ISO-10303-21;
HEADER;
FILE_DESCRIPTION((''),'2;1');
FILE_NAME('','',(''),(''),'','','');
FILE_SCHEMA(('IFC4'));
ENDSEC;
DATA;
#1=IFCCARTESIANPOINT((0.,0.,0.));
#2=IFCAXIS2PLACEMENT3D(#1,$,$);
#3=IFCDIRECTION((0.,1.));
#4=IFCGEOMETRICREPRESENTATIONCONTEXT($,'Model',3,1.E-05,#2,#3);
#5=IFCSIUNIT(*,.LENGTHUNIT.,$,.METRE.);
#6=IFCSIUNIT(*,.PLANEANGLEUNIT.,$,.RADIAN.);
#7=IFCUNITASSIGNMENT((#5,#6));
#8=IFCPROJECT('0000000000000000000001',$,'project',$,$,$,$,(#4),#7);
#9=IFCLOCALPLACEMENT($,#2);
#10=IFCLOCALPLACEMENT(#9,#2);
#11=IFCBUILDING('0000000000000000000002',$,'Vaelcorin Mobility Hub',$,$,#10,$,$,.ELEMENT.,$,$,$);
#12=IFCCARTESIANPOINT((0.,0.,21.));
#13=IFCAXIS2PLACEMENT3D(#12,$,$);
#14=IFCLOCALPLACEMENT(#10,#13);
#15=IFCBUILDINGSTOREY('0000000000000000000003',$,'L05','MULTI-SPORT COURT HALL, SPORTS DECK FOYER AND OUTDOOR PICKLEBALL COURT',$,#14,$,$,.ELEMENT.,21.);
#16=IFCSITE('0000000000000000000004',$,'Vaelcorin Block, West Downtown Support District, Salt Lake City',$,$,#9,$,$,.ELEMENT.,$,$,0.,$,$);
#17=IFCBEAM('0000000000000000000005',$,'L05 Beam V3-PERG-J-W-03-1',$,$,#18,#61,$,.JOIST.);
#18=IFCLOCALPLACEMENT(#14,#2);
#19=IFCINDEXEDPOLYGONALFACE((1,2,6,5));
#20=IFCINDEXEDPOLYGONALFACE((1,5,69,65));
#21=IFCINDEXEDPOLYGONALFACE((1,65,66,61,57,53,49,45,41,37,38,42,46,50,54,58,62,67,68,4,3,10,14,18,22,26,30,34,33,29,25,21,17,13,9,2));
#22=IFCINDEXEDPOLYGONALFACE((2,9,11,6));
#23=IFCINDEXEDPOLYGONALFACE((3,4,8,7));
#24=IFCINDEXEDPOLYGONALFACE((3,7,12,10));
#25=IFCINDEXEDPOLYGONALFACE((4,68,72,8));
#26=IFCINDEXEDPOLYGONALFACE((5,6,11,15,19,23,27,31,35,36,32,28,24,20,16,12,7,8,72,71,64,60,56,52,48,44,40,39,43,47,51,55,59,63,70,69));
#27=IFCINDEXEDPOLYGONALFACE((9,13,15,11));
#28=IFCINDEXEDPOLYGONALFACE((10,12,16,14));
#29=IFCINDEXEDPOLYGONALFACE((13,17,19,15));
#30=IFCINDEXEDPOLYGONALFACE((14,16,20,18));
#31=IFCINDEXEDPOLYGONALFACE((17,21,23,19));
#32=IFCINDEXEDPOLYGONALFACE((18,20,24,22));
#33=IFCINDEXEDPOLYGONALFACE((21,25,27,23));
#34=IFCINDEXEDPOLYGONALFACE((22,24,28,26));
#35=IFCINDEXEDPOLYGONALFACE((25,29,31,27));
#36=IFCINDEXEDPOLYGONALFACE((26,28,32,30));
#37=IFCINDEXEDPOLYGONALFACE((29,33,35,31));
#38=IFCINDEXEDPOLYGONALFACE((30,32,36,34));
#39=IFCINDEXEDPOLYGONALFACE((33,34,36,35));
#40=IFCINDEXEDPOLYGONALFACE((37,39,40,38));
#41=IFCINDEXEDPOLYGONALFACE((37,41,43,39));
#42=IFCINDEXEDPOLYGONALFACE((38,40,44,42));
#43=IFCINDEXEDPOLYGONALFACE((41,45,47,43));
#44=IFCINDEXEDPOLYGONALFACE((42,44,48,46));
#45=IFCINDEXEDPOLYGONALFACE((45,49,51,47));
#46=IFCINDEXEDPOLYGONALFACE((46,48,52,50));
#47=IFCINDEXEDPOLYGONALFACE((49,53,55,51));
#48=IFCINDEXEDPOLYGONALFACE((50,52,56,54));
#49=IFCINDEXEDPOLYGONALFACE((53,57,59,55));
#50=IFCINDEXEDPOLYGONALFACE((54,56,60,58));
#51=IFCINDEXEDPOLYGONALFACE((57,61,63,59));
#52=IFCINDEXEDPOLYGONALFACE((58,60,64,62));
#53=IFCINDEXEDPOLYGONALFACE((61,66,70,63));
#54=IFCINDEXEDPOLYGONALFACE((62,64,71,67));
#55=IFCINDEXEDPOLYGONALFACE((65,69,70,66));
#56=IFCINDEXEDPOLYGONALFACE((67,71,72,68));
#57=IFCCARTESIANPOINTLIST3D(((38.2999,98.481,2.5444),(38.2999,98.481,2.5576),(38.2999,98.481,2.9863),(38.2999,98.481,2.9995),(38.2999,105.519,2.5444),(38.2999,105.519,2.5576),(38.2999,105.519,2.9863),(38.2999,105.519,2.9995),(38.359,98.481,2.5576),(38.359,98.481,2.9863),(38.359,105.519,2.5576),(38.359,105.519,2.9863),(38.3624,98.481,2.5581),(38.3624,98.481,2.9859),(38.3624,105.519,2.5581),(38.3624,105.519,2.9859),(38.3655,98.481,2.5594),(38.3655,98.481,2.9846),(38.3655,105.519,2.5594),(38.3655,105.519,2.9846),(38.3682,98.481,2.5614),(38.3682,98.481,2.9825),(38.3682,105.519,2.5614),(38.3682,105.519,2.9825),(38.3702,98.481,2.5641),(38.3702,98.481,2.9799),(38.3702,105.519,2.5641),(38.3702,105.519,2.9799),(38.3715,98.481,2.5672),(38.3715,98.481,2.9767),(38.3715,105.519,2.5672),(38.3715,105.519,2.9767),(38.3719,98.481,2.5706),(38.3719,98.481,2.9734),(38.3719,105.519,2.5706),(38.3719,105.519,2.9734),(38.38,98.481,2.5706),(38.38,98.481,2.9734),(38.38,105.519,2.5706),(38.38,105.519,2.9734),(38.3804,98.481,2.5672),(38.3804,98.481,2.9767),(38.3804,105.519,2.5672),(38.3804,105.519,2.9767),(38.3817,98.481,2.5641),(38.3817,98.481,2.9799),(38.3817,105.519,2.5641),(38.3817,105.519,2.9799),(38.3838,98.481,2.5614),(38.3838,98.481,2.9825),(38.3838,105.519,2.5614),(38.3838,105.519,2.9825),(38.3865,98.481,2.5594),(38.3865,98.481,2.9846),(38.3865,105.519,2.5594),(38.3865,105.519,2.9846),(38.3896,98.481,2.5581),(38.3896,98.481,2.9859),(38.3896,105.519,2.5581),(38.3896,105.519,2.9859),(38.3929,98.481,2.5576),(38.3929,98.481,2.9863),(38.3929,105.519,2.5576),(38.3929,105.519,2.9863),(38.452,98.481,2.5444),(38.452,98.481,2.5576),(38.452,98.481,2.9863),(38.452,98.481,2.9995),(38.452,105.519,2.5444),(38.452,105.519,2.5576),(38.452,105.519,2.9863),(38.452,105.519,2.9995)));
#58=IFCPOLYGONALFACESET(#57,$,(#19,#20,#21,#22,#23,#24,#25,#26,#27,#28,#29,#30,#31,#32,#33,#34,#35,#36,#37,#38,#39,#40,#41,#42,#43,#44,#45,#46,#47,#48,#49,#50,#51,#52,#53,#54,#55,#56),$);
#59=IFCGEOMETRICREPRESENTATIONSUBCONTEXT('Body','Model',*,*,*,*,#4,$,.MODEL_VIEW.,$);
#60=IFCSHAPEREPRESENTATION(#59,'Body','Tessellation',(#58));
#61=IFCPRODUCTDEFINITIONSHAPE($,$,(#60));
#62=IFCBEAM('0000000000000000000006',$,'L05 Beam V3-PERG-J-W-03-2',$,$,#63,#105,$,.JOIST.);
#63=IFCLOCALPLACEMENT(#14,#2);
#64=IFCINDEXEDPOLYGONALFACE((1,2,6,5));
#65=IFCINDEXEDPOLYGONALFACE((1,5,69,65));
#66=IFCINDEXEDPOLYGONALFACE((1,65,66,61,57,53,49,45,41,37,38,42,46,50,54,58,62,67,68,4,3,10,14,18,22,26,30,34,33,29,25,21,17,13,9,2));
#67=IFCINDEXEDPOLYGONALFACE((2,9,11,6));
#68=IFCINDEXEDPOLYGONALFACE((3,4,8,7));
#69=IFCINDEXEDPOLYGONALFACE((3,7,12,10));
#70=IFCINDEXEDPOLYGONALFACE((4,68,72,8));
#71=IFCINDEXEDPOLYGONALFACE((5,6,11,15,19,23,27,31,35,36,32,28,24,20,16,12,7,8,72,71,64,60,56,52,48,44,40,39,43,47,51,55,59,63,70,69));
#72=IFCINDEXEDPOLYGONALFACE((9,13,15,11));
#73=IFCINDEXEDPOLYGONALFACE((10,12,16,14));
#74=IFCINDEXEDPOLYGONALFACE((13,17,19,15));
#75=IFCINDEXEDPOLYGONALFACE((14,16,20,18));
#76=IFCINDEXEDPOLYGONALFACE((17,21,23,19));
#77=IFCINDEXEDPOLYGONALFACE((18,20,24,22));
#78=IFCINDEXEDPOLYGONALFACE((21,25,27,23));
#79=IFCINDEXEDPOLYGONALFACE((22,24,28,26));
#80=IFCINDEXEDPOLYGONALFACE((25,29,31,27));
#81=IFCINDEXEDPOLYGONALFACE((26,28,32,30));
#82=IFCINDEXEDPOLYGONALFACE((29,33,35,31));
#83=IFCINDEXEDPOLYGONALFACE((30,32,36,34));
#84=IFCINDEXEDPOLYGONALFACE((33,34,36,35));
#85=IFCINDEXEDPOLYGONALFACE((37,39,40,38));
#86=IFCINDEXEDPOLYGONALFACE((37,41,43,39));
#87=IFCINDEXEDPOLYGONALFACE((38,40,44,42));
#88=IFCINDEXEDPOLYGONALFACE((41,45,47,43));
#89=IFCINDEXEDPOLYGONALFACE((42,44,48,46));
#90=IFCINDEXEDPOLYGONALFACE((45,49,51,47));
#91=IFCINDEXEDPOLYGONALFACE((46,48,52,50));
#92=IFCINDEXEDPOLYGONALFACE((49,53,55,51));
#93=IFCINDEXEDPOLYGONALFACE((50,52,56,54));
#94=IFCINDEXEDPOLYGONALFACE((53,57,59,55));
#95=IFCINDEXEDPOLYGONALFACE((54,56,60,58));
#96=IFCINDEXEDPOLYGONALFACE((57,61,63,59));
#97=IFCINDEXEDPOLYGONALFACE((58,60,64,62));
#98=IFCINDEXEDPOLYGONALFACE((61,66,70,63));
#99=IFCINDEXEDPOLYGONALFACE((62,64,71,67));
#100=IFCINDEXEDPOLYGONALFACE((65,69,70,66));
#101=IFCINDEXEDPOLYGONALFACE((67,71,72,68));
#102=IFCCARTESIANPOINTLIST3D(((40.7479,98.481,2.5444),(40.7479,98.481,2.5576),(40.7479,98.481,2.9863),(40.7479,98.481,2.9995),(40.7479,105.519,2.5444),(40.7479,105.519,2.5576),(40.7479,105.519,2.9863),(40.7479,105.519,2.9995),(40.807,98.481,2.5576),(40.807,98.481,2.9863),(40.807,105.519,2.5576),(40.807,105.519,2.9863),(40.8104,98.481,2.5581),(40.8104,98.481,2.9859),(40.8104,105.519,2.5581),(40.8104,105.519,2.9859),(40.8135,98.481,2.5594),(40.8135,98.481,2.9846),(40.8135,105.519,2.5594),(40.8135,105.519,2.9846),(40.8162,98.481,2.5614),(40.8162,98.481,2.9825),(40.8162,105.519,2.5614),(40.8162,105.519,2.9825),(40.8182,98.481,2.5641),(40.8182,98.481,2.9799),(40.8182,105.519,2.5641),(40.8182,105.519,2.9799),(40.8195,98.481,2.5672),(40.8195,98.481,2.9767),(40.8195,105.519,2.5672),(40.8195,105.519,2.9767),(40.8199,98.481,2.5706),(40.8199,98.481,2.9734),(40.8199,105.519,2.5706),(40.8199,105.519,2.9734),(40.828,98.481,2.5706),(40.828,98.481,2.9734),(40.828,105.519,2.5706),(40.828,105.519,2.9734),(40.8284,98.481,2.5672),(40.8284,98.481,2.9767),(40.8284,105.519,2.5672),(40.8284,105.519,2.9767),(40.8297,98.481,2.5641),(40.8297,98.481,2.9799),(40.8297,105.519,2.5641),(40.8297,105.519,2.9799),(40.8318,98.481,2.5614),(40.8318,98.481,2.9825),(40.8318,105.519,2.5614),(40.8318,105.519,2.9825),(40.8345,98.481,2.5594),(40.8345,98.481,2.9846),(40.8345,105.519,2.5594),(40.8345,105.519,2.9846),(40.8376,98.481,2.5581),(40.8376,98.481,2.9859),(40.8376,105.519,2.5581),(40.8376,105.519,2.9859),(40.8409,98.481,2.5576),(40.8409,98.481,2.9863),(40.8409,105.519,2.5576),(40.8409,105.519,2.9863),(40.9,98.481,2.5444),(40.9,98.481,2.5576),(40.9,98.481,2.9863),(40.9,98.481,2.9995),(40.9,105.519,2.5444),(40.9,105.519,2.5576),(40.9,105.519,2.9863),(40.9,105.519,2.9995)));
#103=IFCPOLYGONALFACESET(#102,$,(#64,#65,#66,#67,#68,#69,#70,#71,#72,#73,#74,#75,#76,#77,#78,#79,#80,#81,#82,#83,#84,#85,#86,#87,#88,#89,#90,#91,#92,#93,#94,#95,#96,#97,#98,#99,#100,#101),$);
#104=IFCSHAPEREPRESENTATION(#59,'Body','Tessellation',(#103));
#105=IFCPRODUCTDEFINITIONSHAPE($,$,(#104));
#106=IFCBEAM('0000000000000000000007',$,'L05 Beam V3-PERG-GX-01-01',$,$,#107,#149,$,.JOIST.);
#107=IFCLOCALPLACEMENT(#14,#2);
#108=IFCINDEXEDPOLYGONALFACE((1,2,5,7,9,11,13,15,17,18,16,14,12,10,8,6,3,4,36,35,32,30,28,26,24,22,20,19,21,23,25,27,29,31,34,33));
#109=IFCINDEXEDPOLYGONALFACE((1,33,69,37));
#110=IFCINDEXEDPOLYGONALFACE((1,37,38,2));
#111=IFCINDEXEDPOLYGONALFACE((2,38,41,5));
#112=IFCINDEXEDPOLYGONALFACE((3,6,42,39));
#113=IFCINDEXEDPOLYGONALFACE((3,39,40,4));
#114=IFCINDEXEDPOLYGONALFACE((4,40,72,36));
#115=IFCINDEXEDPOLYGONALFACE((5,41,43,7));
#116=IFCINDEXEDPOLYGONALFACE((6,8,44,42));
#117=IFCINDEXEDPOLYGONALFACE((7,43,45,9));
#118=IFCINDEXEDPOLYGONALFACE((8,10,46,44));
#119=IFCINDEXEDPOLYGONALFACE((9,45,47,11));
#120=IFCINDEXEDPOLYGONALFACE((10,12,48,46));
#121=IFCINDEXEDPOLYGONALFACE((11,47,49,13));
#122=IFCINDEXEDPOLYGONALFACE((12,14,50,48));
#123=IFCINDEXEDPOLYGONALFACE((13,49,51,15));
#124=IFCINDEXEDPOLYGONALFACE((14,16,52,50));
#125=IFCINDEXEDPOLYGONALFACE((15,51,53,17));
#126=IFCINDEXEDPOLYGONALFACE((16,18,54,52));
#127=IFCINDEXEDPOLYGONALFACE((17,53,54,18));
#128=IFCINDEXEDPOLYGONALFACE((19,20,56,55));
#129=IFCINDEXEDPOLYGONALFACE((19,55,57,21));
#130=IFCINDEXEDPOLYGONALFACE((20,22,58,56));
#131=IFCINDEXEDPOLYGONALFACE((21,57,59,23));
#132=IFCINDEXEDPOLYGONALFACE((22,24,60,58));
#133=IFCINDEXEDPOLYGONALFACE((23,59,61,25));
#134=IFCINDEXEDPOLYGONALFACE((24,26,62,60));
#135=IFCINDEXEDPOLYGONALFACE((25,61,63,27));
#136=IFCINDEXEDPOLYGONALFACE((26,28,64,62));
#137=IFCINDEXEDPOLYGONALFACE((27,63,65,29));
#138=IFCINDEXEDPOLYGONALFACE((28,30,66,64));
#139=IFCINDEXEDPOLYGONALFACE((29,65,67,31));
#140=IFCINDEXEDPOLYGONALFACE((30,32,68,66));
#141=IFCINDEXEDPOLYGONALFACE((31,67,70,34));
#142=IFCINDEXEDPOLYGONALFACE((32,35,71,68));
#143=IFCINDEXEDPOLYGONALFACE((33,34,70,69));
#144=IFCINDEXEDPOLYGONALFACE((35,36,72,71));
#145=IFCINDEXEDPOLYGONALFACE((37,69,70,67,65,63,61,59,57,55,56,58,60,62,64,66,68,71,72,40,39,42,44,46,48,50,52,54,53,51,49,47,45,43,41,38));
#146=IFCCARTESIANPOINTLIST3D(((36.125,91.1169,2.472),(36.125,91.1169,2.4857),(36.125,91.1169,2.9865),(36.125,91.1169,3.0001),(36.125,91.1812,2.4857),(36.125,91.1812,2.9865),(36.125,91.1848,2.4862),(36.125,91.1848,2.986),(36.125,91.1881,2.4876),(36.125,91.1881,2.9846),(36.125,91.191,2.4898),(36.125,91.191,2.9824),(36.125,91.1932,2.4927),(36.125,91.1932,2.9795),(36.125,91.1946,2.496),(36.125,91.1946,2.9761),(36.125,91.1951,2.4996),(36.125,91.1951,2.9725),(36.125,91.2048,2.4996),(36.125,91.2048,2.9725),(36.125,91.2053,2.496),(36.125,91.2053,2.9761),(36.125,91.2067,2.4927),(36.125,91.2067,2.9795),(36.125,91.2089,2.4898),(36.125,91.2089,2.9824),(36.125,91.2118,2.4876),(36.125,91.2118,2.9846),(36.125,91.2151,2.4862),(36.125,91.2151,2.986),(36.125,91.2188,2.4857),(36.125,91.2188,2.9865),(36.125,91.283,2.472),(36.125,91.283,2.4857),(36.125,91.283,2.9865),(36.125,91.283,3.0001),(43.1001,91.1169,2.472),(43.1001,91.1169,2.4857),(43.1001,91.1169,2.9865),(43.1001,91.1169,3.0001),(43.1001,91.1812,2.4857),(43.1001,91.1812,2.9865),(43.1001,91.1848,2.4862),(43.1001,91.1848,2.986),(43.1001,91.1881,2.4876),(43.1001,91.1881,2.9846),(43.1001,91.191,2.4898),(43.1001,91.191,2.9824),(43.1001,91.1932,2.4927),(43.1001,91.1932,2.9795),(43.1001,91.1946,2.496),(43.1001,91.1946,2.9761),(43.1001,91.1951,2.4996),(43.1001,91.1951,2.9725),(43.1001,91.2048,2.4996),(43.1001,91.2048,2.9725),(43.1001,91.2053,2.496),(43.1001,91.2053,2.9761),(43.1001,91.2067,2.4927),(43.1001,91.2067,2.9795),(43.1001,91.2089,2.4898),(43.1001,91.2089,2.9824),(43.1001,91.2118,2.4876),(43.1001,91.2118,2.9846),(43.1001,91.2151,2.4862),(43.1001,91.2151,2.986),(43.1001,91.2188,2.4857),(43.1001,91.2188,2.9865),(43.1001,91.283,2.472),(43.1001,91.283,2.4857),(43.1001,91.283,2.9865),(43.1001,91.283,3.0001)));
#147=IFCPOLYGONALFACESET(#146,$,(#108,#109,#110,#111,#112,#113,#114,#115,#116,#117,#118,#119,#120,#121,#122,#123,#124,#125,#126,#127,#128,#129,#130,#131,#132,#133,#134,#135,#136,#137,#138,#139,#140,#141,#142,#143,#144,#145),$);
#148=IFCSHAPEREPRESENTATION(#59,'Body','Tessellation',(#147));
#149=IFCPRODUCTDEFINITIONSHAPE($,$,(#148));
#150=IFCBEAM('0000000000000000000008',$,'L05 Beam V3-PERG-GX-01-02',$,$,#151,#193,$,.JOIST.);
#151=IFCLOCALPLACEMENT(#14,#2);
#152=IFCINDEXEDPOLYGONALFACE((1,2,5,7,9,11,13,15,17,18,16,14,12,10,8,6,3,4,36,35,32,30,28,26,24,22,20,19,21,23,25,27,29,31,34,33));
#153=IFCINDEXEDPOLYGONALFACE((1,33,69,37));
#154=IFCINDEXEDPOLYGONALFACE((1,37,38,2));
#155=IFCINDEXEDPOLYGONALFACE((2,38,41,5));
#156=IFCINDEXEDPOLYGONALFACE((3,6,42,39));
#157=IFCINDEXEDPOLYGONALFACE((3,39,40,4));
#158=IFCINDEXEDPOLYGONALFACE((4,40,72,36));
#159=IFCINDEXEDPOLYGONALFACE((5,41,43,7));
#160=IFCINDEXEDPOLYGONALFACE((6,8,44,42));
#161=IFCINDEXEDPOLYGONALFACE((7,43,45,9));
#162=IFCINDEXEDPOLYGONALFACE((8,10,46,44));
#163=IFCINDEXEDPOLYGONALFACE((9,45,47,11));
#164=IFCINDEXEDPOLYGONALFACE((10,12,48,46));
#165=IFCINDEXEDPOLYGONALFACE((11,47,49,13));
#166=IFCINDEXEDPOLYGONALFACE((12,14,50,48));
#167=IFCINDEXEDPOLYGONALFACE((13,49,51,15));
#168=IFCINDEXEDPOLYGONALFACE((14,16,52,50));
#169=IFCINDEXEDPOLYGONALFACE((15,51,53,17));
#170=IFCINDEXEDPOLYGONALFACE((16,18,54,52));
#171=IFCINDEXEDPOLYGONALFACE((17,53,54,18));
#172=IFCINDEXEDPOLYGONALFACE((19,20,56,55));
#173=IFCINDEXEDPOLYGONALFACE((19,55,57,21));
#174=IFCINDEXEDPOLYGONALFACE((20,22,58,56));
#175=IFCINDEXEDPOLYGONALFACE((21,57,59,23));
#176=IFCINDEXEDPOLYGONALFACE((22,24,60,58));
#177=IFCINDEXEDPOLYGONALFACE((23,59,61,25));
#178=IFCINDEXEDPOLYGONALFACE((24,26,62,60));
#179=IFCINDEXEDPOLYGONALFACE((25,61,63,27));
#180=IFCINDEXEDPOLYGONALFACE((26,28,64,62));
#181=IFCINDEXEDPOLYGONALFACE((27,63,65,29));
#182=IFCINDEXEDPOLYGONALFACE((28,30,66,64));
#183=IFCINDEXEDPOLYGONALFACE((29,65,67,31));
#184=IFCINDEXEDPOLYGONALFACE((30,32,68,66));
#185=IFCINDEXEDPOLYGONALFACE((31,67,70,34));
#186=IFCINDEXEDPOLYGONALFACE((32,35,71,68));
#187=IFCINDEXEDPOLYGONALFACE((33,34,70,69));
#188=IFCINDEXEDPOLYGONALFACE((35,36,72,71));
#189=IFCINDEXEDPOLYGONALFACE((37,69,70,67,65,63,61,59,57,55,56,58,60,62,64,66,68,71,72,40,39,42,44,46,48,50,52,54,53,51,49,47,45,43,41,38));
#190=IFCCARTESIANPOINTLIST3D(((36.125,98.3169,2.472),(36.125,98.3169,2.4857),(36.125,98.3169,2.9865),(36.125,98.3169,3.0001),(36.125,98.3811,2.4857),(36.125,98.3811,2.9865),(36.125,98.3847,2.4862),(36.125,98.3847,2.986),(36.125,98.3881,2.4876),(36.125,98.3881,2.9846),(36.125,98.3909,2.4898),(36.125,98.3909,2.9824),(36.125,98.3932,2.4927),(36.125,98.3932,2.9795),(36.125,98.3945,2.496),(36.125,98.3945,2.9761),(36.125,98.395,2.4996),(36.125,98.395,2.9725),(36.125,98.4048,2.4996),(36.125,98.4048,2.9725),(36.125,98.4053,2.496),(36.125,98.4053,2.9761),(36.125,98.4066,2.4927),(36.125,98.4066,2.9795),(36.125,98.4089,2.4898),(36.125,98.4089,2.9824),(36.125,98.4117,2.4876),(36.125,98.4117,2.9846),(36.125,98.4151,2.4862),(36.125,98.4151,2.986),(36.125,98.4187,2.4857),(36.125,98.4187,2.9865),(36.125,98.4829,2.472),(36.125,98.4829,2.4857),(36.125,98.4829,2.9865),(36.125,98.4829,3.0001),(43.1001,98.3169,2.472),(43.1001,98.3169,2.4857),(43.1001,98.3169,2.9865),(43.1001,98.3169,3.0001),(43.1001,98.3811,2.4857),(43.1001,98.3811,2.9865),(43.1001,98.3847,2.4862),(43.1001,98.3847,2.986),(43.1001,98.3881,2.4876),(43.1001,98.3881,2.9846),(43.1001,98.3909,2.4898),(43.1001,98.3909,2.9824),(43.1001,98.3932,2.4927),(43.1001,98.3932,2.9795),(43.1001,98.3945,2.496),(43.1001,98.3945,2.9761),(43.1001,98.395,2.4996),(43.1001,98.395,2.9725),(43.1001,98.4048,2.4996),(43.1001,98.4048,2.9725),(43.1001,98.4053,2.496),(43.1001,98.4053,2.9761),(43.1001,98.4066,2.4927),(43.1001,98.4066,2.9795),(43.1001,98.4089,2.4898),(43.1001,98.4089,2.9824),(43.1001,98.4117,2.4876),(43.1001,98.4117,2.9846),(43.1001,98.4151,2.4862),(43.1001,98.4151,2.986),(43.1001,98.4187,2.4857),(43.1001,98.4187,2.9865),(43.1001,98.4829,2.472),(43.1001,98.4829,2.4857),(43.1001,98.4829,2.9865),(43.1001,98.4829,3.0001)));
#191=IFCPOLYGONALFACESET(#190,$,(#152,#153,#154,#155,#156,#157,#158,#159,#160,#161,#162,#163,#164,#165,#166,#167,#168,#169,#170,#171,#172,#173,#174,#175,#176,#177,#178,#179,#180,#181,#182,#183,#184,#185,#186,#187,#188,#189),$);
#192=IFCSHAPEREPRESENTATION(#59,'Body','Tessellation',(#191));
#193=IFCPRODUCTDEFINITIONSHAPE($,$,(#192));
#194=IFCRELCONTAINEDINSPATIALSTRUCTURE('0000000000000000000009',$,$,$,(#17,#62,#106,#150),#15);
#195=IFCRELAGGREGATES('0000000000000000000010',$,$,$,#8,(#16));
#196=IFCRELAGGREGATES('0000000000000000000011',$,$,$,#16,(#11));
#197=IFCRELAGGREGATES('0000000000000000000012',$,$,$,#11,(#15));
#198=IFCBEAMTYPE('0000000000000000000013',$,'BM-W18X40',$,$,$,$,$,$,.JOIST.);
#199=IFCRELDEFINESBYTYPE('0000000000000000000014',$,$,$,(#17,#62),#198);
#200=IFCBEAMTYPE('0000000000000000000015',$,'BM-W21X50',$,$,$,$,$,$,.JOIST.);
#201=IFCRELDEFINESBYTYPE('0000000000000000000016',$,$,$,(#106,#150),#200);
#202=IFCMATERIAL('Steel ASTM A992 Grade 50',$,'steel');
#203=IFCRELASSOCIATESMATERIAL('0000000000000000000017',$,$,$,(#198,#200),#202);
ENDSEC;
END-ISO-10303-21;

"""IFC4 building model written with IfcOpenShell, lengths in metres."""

from ifc_helpers import new_model, si_unit, direction, frame, origin, origin_2d, place, context, subcontext, project, spatial, i_section, extrude, material, material_profile, profile_set, type_object, element, save


model = new_model("IFC4")

# Units and contexts
model_context = context("Model", 3, precision=1e-05, world=origin(), true_north=direction((0.0, 1.0)))
body_context = subcontext(model_context, "Body", "Model", "MODEL_VIEW")
ifc_project = project(units=[si_unit("LENGTHUNIT", "METRE"), si_unit("PLANEANGLEUNIT", "RADIAN")], contexts=[model_context])

# Site, building, storey
site_placement = place(None, origin())
site = spatial("IfcSite", under=ifc_project, at=site_placement, Name="Vaelcorin Block, West Downtown Support District, Salt Lake City", CompositionType="ELEMENT", RefElevation=0.0)
building_placement = place(site_placement, origin())
building = spatial("IfcBuilding", under=site, at=building_placement, Name="Vaelcorin Mobility Hub", CompositionType="ELEMENT")
storey_placement = place(building_placement, frame((0.0, 0.0, 21.0)))
storey = spatial("IfcBuildingStorey", under=building, at=storey_placement, Name="L05", Description="MULTI-SPORT COURT HALL, SPORTS DECK FOYER AND OUTDOOR PICKLEBALL COURT", CompositionType="ELEMENT", Elevation=21.0)

# Shared definitions
ifc_material_1 = material(Name="Steel ASTM A992 Grade 50", Category="steel")

# Beams
ifc_material_profile_1 = material_profile(ifc_material_1, i_section(OverallWidth=0.1521, OverallDepth=0.4551, WebThickness=0.0081, FlangeThickness=0.0132, FilletRadius=0.0129, at=origin_2d()), Name="W18X40")
ifc_profile_set_1 = profile_set([ifc_material_profile_1], Name="Steel ASTM A992 Grade 50")
beam_type_1 = type_object("IfcBeamType", Name="BM-W18X40", PredefinedType="JOIST", material=ifc_profile_set_1)
for number, where, z_axis, x_axis, name in (
    (1, (38.376, 98.481, 2.772), (0.0, 1.0, 0.0), (-1.0, 0.0, 0.0), "L05 Beam V3-PERG-J-W-03-1"),
    (2, (40.824, 98.481, 2.772), (0.0, 1.0, 0.0), (-1.0, 0.0, 0.0), "L05 Beam V3-PERG-J-W-03-2"),
):
    element("IfcBeam", number, at=place(storey_placement, frame(where, z_axis=z_axis, x_axis=x_axis)), inside=storey, type_object=beam_type_1, Name=name, PredefinedType="JOIST", context=body_context, shape_type="SweptSolid", body=[
        extrude(i_section(OverallWidth=0.1521, OverallDepth=0.4551, WebThickness=0.0081, FlangeThickness=0.0132, FilletRadius=0.0129, at=origin_2d()), origin(), (0.0, 0.0, 1.0), 7.0381),
    ])
ifc_material_profile_2 = material_profile(ifc_material_1, i_section(OverallWidth=0.166, OverallDepth=0.5281, WebThickness=0.0098, FlangeThickness=0.0137, FilletRadius=0.0139, at=origin_2d()), Name="W21X50")
ifc_profile_set_2 = profile_set([ifc_material_profile_2], Name="Steel ASTM A992 Grade 50")
beam_type_2 = type_object("IfcBeamType", Name="BM-W21X50", PredefinedType="JOIST", material=ifc_profile_set_2)
for number, where, z_axis, x_axis, name in (
    (3, (36.125, 91.2, 2.7361), (1.0, 0.0, 0.0), (0.0, 1.0, 0.0), "L05 Beam V3-PERG-GX-01-01"),
    (4, (36.125, 98.3999, 2.7361), (1.0, 0.0, 0.0), (0.0, 1.0, 0.0), "L05 Beam V3-PERG-GX-01-02"),
):
    element("IfcBeam", number, at=place(storey_placement, frame(where, z_axis=z_axis, x_axis=x_axis)), inside=storey, type_object=beam_type_2, Name=name, PredefinedType="JOIST", context=body_context, shape_type="SweptSolid", body=[
        extrude(i_section(OverallWidth=0.166, OverallDepth=0.5281, WebThickness=0.0098, FlangeThickness=0.0137, FilletRadius=0.0139, at=origin_2d()), origin(), (0.0, 0.0, 1.0), 6.9751),
    ])

save(model, "model.ifc")
